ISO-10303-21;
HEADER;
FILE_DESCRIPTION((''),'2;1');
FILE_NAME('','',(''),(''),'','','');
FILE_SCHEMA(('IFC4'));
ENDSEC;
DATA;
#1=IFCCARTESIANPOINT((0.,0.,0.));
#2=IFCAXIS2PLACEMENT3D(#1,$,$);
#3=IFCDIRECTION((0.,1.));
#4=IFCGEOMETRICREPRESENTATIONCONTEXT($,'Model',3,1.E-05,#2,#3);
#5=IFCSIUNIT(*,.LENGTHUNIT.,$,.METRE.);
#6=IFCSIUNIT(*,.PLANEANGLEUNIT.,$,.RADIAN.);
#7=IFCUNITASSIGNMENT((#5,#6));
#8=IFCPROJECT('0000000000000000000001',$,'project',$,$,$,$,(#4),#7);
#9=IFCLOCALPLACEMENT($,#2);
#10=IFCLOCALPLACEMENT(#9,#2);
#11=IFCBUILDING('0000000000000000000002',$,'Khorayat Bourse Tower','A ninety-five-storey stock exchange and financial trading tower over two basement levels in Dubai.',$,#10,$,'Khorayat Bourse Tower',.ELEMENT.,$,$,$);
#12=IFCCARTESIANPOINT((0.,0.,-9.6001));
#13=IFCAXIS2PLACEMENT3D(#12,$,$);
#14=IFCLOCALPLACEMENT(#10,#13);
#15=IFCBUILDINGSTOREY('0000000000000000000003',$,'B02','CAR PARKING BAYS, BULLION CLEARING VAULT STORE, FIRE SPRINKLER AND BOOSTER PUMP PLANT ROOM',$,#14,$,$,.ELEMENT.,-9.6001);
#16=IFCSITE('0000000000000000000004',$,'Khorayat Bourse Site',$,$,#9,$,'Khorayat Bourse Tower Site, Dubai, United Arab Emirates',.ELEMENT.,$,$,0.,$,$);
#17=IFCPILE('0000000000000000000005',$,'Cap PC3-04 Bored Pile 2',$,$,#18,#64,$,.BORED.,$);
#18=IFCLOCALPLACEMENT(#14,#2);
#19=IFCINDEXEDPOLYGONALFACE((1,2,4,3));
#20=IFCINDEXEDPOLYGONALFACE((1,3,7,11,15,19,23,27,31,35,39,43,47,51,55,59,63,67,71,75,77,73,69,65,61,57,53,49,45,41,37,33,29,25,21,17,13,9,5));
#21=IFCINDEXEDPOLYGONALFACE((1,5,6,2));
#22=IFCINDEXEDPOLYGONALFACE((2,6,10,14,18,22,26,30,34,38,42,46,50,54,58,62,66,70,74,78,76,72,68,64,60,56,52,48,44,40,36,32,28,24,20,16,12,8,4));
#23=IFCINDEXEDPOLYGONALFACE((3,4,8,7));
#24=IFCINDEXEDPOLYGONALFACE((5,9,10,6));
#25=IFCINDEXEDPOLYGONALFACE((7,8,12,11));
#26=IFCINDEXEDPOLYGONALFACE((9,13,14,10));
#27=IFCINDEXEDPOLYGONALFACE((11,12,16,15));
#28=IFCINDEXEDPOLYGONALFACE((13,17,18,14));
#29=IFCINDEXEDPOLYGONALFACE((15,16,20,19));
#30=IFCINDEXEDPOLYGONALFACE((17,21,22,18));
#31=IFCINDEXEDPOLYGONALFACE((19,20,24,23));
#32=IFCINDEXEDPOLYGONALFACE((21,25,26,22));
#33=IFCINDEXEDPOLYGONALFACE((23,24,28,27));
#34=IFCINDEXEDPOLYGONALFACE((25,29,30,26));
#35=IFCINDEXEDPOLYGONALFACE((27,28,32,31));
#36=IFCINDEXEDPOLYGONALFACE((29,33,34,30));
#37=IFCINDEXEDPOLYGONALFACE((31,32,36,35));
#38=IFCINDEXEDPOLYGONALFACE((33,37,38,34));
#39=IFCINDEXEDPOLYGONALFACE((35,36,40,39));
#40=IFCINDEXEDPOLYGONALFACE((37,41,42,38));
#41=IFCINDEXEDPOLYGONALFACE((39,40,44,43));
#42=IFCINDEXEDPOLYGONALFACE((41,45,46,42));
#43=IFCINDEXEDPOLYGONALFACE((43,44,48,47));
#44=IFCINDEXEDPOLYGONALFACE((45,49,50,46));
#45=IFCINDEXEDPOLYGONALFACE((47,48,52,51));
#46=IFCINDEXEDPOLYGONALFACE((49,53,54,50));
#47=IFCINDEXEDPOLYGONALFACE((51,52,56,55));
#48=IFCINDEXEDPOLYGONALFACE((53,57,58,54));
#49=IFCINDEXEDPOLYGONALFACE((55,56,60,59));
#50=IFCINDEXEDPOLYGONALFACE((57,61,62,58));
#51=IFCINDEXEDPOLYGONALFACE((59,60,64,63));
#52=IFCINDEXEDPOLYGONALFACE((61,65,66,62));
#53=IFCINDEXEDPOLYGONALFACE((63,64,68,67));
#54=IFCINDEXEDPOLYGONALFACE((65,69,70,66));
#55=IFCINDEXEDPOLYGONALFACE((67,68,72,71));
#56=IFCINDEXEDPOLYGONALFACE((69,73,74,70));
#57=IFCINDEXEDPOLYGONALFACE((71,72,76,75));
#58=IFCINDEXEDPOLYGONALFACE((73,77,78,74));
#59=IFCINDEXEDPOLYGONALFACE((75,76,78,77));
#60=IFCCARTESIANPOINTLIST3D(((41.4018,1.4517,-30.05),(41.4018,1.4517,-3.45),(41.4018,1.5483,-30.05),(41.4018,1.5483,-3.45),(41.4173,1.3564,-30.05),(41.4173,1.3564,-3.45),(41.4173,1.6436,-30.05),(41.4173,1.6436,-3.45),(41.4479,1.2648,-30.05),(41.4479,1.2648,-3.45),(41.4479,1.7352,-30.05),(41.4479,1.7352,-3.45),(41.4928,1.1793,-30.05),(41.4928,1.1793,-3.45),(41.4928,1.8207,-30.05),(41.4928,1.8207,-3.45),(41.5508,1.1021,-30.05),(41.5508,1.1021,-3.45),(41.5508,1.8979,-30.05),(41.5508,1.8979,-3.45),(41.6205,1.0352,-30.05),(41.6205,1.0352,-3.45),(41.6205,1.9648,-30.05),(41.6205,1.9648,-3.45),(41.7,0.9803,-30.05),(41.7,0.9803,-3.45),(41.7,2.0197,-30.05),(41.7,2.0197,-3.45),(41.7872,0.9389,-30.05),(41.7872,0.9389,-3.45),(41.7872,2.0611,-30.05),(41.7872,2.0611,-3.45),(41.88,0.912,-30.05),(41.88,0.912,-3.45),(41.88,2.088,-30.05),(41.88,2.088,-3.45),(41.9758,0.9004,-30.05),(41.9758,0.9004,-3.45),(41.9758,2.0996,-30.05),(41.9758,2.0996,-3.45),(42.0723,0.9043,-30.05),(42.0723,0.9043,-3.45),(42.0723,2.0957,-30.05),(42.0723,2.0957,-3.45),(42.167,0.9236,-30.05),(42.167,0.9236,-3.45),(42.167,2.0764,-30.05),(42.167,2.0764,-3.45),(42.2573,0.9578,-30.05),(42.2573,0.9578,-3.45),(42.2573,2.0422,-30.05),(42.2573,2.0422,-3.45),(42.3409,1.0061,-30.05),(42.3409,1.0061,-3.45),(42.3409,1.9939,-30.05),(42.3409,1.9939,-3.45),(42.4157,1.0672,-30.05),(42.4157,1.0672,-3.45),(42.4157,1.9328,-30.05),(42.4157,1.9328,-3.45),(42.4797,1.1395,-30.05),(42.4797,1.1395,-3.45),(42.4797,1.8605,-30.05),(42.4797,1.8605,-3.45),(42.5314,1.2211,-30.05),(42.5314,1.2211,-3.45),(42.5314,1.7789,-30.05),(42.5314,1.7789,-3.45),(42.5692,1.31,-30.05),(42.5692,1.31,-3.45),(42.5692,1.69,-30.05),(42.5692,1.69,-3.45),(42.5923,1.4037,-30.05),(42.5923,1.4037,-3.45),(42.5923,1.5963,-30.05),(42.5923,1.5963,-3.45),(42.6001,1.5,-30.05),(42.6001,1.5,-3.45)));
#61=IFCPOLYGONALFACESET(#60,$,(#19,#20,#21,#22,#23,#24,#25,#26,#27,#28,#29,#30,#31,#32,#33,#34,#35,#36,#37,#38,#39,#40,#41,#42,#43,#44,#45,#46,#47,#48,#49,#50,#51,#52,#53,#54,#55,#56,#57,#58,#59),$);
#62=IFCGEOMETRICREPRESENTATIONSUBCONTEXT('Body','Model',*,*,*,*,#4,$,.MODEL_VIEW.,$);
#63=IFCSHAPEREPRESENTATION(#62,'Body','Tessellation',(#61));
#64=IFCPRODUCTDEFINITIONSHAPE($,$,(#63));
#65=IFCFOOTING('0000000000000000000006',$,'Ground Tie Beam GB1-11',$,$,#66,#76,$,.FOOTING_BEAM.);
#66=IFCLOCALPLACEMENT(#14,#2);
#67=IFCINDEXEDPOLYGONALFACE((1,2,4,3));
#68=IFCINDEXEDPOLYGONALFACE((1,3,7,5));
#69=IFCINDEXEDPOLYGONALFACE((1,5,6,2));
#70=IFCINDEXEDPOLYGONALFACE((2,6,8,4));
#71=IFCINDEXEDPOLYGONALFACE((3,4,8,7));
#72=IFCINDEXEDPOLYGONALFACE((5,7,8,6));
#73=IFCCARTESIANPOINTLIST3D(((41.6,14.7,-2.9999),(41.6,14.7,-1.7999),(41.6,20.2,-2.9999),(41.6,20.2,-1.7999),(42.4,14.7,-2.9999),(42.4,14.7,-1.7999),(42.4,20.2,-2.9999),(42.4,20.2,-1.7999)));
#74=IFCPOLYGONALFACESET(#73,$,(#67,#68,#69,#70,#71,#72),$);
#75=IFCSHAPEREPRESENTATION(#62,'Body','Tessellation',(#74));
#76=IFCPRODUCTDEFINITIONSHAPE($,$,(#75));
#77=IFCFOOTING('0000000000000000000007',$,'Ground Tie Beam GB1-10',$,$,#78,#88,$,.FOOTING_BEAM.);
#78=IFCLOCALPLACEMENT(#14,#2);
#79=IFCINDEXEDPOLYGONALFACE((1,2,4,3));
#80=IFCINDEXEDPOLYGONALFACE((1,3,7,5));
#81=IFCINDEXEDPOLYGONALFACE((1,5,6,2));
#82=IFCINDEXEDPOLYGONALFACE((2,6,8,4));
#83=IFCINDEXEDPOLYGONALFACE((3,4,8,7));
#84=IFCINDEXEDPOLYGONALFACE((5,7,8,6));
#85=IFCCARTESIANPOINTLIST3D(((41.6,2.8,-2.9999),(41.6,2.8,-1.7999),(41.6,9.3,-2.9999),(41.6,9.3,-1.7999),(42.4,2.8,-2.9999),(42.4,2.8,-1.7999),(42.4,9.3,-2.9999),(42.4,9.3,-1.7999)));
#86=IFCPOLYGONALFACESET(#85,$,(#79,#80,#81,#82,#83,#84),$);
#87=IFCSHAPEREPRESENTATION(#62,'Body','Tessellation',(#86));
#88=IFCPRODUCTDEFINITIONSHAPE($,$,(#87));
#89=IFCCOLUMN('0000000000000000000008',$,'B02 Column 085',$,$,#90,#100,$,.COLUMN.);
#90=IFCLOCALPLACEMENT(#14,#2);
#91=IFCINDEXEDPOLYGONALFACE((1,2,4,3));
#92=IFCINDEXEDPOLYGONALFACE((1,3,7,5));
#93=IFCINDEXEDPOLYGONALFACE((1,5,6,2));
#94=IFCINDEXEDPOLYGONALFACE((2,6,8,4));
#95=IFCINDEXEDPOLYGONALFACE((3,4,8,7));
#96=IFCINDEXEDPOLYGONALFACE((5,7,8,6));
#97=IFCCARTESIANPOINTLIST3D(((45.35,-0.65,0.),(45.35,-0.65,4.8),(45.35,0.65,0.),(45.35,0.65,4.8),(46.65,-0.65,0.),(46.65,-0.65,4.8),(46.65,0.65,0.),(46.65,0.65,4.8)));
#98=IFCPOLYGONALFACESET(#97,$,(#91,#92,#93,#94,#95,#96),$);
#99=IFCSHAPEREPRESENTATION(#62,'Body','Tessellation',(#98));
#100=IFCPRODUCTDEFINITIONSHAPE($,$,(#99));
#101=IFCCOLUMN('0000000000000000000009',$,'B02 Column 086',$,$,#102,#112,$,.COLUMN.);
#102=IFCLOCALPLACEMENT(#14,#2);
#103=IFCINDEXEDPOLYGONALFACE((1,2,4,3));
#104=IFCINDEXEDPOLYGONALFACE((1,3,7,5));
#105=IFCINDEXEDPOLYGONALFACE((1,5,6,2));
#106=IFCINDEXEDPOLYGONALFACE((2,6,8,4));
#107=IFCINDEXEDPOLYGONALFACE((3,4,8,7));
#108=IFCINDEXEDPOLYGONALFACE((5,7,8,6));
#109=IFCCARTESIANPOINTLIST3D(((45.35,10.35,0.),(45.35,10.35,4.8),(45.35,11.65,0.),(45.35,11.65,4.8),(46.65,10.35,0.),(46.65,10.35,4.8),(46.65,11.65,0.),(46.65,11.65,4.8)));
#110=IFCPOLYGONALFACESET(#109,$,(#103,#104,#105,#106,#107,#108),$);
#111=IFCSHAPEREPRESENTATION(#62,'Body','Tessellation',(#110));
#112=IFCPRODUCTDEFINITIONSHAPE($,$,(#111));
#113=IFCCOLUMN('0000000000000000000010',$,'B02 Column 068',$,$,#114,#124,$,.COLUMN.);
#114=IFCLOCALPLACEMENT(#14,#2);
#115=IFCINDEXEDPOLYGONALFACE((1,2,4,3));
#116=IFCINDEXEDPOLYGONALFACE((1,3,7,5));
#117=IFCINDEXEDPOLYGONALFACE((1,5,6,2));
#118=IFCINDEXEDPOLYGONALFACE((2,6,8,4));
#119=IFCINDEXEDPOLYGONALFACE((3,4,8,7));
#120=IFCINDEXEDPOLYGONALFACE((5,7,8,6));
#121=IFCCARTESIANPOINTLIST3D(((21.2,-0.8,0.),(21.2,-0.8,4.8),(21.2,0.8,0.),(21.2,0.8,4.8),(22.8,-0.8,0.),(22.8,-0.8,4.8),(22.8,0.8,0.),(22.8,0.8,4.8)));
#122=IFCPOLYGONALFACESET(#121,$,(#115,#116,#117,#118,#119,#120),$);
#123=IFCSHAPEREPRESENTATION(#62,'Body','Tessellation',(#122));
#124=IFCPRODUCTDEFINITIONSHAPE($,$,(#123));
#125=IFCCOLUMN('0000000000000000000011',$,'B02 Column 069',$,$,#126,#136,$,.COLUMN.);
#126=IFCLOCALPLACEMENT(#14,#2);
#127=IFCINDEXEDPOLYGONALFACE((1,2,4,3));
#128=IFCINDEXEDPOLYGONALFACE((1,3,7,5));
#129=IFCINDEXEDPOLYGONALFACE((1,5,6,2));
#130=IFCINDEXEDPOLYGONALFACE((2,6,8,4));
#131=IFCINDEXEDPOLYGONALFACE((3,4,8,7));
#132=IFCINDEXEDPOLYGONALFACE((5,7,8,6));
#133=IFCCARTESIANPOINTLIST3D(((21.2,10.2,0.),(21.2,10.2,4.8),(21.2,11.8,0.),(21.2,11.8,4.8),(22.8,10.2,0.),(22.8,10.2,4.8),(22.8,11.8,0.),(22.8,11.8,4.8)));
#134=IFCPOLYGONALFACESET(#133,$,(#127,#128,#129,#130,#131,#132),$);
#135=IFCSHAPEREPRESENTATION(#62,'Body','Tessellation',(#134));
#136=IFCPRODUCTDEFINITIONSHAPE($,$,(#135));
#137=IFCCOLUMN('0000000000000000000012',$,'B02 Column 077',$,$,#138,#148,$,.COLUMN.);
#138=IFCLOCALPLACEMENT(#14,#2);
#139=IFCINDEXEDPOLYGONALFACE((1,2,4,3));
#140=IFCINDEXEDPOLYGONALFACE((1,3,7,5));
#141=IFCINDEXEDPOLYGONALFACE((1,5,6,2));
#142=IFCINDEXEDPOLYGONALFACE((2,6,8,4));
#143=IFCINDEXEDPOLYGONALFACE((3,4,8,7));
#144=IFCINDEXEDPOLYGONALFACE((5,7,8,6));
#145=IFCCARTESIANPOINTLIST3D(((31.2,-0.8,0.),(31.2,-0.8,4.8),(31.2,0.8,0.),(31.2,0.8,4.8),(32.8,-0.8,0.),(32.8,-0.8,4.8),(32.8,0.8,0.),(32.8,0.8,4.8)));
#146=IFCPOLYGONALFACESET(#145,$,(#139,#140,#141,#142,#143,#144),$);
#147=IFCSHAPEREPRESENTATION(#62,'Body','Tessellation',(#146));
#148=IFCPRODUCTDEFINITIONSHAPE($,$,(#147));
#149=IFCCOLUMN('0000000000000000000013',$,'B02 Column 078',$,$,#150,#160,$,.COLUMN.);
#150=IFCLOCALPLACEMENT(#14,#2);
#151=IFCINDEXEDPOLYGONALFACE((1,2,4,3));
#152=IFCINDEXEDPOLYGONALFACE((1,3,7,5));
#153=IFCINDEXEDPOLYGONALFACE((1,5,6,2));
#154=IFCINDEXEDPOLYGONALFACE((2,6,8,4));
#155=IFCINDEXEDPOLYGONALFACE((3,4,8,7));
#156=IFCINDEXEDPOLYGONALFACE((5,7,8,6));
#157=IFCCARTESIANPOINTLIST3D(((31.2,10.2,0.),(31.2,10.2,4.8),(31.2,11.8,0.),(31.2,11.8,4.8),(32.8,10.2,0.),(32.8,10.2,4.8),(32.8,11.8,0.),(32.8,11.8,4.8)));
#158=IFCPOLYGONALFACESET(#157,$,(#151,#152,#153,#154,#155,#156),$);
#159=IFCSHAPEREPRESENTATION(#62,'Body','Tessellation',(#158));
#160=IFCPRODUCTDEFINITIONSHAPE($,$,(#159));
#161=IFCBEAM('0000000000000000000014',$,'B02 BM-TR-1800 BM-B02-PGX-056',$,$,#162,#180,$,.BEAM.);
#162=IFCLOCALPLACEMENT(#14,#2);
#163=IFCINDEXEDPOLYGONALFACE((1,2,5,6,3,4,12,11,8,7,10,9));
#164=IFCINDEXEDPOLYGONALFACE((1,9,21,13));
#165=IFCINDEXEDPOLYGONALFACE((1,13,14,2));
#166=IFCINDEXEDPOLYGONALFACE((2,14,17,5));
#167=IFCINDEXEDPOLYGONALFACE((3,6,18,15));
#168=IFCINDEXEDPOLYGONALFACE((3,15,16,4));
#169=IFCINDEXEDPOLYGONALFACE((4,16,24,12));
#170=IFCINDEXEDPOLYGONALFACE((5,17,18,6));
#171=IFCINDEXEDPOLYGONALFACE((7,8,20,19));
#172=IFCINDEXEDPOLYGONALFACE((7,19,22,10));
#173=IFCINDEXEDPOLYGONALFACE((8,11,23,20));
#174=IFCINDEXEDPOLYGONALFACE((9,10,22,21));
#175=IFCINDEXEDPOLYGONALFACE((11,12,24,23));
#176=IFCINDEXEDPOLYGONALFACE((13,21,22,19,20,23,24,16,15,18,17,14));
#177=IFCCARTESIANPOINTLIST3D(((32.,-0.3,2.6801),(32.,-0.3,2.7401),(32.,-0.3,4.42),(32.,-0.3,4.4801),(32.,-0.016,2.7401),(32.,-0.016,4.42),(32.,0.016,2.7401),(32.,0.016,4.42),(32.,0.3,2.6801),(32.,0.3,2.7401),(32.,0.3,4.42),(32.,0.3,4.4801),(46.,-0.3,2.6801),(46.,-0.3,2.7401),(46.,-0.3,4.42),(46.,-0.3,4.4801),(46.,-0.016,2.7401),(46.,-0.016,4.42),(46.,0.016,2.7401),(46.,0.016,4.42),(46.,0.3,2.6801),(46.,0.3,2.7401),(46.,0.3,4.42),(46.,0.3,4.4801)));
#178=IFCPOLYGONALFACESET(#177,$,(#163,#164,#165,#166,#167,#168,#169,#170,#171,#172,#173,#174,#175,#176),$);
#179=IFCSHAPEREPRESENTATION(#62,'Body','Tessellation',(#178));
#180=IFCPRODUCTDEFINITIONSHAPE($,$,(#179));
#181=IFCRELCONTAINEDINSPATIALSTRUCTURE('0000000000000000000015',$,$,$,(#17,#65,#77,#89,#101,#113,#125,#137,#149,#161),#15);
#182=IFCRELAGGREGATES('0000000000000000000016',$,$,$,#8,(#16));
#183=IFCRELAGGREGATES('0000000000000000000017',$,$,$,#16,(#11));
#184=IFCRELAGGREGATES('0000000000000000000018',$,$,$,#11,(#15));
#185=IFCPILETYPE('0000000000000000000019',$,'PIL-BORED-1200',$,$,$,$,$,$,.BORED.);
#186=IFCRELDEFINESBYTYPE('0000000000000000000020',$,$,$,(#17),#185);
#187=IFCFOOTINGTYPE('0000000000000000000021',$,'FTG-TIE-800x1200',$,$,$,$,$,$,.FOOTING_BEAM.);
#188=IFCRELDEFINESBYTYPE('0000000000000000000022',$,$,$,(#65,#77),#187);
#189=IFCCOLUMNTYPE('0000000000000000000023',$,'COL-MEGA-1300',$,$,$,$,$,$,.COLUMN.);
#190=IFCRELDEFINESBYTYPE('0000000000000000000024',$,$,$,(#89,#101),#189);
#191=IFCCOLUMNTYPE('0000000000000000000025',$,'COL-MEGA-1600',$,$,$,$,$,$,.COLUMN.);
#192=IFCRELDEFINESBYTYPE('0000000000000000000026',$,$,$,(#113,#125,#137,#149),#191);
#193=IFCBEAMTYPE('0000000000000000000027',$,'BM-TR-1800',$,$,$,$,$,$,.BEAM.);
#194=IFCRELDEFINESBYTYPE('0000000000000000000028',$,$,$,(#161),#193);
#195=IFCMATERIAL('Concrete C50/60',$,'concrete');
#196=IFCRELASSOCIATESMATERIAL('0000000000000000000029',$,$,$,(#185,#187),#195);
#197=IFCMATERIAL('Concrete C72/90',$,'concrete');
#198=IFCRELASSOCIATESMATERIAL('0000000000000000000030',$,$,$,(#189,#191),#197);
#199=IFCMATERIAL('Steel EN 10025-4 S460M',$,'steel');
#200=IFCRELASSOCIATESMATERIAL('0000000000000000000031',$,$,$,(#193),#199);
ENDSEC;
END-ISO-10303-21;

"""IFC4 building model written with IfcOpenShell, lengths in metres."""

from ifc_helpers import new_model, si_unit, direction, frame, origin, origin_2d, place, context, subcontext, project, spatial, rectangle, circle, i_section, extrude, source, transform, mapped, material, material_profile, profile_set, type_object, element, save


model = new_model("IFC4")

# Units and contexts
model_context = context("Model", 3, precision=1e-05, world=origin(), true_north=direction((0.0, 1.0)))
body_context = subcontext(model_context, "Body", "Model", "MODEL_VIEW")
ifc_project = project(units=[si_unit("LENGTHUNIT", "METRE"), si_unit("PLANEANGLEUNIT", "RADIAN")], contexts=[model_context])

# Site, building, storey
site_placement = place(None, origin())
site = spatial("IfcSite", under=ifc_project, at=site_placement, Name="Khorayat Bourse Site", LongName="Khorayat Bourse Tower Site, Dubai, United Arab Emirates", CompositionType="ELEMENT", RefElevation=0.0)
building_placement = place(site_placement, origin())
building = spatial("IfcBuilding", under=site, at=building_placement, Name="Khorayat Bourse Tower", Description="A ninety-five-storey stock exchange and financial trading tower over two basement levels in Dubai.", LongName="Khorayat Bourse Tower", CompositionType="ELEMENT")
storey_placement = place(building_placement, frame((0.0, 0.0, -9.6001)))
storey = spatial("IfcBuildingStorey", under=building, at=storey_placement, Name="B02", Description="CAR PARKING BAYS, BULLION CLEARING VAULT STORE, FIRE SPRINKLER AND BOOSTER PUMP PLANT ROOM", CompositionType="ELEMENT", Elevation=-9.6001)

# Shared definitions
ifc_material_1 = material(Name="Concrete C50/60", Category="concrete")

# Shared definitions
ifc_material_profile_1 = material_profile(ifc_material_1, circle(Radius=0.6001, at=origin_2d()), Name="BORED PILE D1200")
ifc_profile_set_1 = profile_set([ifc_material_profile_1], Name="Concrete C50/60")
pile_type_1 = type_object("IfcPileType", Name="PIL-BORED-1200", PredefinedType="BORED", material=ifc_profile_set_1)

# Pile
shared_shape_1 = source(origin(), body_context, "Body", "SweptSolid", [
    extrude(circle(Radius=0.6001, at=origin_2d()), origin(), (0.0, 0.0, 1.0), 26.6001),
])
pile_placement = place(storey_placement, frame((42.0, 1.5, -3.45), z_axis=(0.0, 0.0, -1.0), x_axis=(1.0, 0.0, 0.0)))
element("IfcPile", 1, at=pile_placement, inside=storey, type_object=pile_type_1, Name="Cap PC3-04 Bored Pile 2", PredefinedType="BORED", context=body_context, shape_type="MappedRepresentation", body=[
    mapped(shared_shape_1, transform((0.0, 0.0, 0.0), scale=1.0)),
])

# Footings
ifc_material_profile_2 = material_profile(ifc_material_1, rectangle(XDim=0.8, YDim=1.2, at=origin_2d()), Name="RC 800x1200")
ifc_profile_set_2 = profile_set([ifc_material_profile_2], Name="Concrete C50/60")
footing_type_1 = type_object("IfcFootingType", Name="FTG-TIE-800x1200", PredefinedType="FOOTING_BEAM", material=ifc_profile_set_2)
shared_shape_2 = source(origin(), body_context, "Body", "SweptSolid", [
    extrude(rectangle(XDim=0.8, YDim=1.2, at=origin_2d()), origin(), (0.0, 0.0, 1.0), 5.5),
])
footing_1_placement = place(storey_placement, frame((42.0, 14.7, -2.3999), z_axis=(0.0, 1.0, 0.0), x_axis=(-1.0, 0.0, 0.0)))
element("IfcFooting", 2, at=footing_1_placement, inside=storey, type_object=footing_type_1, Name="Ground Tie Beam GB1-11", PredefinedType="FOOTING_BEAM", context=body_context, shape_type="MappedRepresentation", body=[
    mapped(shared_shape_2, transform((0.0, 0.0, 0.0), scale=1.0)),
])
shared_shape_3 = source(origin(), body_context, "Body", "SweptSolid", [
    extrude(rectangle(XDim=0.8, YDim=1.2, at=origin_2d()), origin(), (0.0, 0.0, 1.0), 6.5),
])
footing_2_placement = place(storey_placement, frame((42.0, 2.8, -2.3999), z_axis=(0.0, 1.0, 0.0), x_axis=(-1.0, 0.0, 0.0)))
element("IfcFooting", 3, at=footing_2_placement, inside=storey, type_object=footing_type_1, Name="Ground Tie Beam GB1-10", PredefinedType="FOOTING_BEAM", context=body_context, shape_type="MappedRepresentation", body=[
    mapped(shared_shape_3, transform((0.0, 0.0, 0.0), scale=1.0)),
])

# Columns
ifc_material_2 = material(Name="Concrete C72/90", Category="concrete")
ifc_material_profile_3 = material_profile(ifc_material_2, rectangle(XDim=1.3, YDim=1.3, at=origin_2d()), Name="RC 1300x1300")
ifc_profile_set_3 = profile_set([ifc_material_profile_3], Name="Concrete C72/90")
column_type_1 = type_object("IfcColumnType", Name="COL-MEGA-1300", PredefinedType="COLUMN", material=ifc_profile_set_3)
shared_shape_4 = source(origin(), body_context, "Body", "SweptSolid", [
    extrude(rectangle(XDim=1.3, YDim=1.3, at=origin_2d()), origin(), (0.0, 0.0, 1.0), 4.8),
])
for number, where, z_axis, x_axis, name in (
    (4, (46.0, 0.0, 0.0), (0.0, 0.0, 1.0), (1.0, 0.0, 0.0), "B02 Column 085"),
    (5, (46.0, 11.0, 0.0), (0.0, 0.0, 1.0), (1.0, 0.0, 0.0), "B02 Column 086"),
):
    element("IfcColumn", number, at=place(storey_placement, frame(where, z_axis=z_axis, x_axis=x_axis)), inside=storey, type_object=column_type_1, Name=name, PredefinedType="COLUMN", context=body_context, shape_type="MappedRepresentation", body=[
        mapped(shared_shape_4, transform((0.0, 0.0, 0.0), scale=1.0)),
    ])
ifc_material_profile_4 = material_profile(ifc_material_2, rectangle(XDim=1.6001, YDim=1.6001, at=origin_2d()), Name="RC 1600x1600")
ifc_profile_set_4 = profile_set([ifc_material_profile_4], Name="Concrete C72/90")
column_type_2 = type_object("IfcColumnType", Name="COL-MEGA-1600", PredefinedType="COLUMN", material=ifc_profile_set_4)
shared_shape_5 = source(origin(), body_context, "Body", "SweptSolid", [
    extrude(rectangle(XDim=1.6001, YDim=1.6001, at=origin_2d()), origin(), (0.0, 0.0, 1.0), 4.8),
])
for number, where, z_axis, x_axis, name in (
    (6, (22.0, 0.0, 0.0), (0.0, 0.0, 1.0), (1.0, 0.0, 0.0), "B02 Column 068"),
    (7, (22.0, 11.0, 0.0), (0.0, 0.0, 1.0), (1.0, 0.0, 0.0), "B02 Column 069"),
    (8, (32.0, 0.0, 0.0), (0.0, 0.0, 1.0), (1.0, 0.0, 0.0), "B02 Column 077"),
    (9, (32.0, 11.0, 0.0), (0.0, 0.0, 1.0), (1.0, 0.0, 0.0), "B02 Column 078"),
):
    element("IfcColumn", number, at=place(storey_placement, frame(where, z_axis=z_axis, x_axis=x_axis)), inside=storey, type_object=column_type_2, Name=name, PredefinedType="COLUMN", context=body_context, shape_type="MappedRepresentation", body=[
        mapped(shared_shape_5, transform((0.0, 0.0, 0.0), scale=1.0)),
    ])

# Beam
ifc_material_3 = material(Name="Steel EN 10025-4 S460M", Category="steel")
ifc_material_profile_5 = material_profile(ifc_material_3, i_section(OverallWidth=0.6001, OverallDepth=1.8, WebThickness=0.032, FlangeThickness=0.0601, at=origin_2d()), Name="PG 1800x600x32x60")
ifc_profile_set_5 = profile_set([ifc_material_profile_5], Name="Steel EN 10025-4 S460M")
beam_type_1 = type_object("IfcBeamType", Name="BM-TR-1800", PredefinedType="BEAM", material=ifc_profile_set_5)
shared_shape_6 = source(origin(), body_context, "Body", "SweptSolid", [
    extrude(i_section(OverallWidth=0.6001, OverallDepth=1.8, WebThickness=0.032, FlangeThickness=0.0601, at=origin_2d()), origin(), (0.0, 0.0, 1.0), 14.0),
])
beam_1_placement = place(storey_placement, frame((32.0, 0.0, 3.5801), z_axis=(1.0, 0.0, 0.0), x_axis=(0.0, 1.0, 0.0)))
element("IfcBeam", 10, at=beam_1_placement, inside=storey, type_object=beam_type_1, Name="B02 BM-TR-1800 BM-B02-PGX-056", PredefinedType="BEAM", context=body_context, shape_type="MappedRepresentation", body=[
    mapped(shared_shape_6, transform((0.0, 0.0, 0.0), scale=1.0)),
])

save(model, "model.ifc")
